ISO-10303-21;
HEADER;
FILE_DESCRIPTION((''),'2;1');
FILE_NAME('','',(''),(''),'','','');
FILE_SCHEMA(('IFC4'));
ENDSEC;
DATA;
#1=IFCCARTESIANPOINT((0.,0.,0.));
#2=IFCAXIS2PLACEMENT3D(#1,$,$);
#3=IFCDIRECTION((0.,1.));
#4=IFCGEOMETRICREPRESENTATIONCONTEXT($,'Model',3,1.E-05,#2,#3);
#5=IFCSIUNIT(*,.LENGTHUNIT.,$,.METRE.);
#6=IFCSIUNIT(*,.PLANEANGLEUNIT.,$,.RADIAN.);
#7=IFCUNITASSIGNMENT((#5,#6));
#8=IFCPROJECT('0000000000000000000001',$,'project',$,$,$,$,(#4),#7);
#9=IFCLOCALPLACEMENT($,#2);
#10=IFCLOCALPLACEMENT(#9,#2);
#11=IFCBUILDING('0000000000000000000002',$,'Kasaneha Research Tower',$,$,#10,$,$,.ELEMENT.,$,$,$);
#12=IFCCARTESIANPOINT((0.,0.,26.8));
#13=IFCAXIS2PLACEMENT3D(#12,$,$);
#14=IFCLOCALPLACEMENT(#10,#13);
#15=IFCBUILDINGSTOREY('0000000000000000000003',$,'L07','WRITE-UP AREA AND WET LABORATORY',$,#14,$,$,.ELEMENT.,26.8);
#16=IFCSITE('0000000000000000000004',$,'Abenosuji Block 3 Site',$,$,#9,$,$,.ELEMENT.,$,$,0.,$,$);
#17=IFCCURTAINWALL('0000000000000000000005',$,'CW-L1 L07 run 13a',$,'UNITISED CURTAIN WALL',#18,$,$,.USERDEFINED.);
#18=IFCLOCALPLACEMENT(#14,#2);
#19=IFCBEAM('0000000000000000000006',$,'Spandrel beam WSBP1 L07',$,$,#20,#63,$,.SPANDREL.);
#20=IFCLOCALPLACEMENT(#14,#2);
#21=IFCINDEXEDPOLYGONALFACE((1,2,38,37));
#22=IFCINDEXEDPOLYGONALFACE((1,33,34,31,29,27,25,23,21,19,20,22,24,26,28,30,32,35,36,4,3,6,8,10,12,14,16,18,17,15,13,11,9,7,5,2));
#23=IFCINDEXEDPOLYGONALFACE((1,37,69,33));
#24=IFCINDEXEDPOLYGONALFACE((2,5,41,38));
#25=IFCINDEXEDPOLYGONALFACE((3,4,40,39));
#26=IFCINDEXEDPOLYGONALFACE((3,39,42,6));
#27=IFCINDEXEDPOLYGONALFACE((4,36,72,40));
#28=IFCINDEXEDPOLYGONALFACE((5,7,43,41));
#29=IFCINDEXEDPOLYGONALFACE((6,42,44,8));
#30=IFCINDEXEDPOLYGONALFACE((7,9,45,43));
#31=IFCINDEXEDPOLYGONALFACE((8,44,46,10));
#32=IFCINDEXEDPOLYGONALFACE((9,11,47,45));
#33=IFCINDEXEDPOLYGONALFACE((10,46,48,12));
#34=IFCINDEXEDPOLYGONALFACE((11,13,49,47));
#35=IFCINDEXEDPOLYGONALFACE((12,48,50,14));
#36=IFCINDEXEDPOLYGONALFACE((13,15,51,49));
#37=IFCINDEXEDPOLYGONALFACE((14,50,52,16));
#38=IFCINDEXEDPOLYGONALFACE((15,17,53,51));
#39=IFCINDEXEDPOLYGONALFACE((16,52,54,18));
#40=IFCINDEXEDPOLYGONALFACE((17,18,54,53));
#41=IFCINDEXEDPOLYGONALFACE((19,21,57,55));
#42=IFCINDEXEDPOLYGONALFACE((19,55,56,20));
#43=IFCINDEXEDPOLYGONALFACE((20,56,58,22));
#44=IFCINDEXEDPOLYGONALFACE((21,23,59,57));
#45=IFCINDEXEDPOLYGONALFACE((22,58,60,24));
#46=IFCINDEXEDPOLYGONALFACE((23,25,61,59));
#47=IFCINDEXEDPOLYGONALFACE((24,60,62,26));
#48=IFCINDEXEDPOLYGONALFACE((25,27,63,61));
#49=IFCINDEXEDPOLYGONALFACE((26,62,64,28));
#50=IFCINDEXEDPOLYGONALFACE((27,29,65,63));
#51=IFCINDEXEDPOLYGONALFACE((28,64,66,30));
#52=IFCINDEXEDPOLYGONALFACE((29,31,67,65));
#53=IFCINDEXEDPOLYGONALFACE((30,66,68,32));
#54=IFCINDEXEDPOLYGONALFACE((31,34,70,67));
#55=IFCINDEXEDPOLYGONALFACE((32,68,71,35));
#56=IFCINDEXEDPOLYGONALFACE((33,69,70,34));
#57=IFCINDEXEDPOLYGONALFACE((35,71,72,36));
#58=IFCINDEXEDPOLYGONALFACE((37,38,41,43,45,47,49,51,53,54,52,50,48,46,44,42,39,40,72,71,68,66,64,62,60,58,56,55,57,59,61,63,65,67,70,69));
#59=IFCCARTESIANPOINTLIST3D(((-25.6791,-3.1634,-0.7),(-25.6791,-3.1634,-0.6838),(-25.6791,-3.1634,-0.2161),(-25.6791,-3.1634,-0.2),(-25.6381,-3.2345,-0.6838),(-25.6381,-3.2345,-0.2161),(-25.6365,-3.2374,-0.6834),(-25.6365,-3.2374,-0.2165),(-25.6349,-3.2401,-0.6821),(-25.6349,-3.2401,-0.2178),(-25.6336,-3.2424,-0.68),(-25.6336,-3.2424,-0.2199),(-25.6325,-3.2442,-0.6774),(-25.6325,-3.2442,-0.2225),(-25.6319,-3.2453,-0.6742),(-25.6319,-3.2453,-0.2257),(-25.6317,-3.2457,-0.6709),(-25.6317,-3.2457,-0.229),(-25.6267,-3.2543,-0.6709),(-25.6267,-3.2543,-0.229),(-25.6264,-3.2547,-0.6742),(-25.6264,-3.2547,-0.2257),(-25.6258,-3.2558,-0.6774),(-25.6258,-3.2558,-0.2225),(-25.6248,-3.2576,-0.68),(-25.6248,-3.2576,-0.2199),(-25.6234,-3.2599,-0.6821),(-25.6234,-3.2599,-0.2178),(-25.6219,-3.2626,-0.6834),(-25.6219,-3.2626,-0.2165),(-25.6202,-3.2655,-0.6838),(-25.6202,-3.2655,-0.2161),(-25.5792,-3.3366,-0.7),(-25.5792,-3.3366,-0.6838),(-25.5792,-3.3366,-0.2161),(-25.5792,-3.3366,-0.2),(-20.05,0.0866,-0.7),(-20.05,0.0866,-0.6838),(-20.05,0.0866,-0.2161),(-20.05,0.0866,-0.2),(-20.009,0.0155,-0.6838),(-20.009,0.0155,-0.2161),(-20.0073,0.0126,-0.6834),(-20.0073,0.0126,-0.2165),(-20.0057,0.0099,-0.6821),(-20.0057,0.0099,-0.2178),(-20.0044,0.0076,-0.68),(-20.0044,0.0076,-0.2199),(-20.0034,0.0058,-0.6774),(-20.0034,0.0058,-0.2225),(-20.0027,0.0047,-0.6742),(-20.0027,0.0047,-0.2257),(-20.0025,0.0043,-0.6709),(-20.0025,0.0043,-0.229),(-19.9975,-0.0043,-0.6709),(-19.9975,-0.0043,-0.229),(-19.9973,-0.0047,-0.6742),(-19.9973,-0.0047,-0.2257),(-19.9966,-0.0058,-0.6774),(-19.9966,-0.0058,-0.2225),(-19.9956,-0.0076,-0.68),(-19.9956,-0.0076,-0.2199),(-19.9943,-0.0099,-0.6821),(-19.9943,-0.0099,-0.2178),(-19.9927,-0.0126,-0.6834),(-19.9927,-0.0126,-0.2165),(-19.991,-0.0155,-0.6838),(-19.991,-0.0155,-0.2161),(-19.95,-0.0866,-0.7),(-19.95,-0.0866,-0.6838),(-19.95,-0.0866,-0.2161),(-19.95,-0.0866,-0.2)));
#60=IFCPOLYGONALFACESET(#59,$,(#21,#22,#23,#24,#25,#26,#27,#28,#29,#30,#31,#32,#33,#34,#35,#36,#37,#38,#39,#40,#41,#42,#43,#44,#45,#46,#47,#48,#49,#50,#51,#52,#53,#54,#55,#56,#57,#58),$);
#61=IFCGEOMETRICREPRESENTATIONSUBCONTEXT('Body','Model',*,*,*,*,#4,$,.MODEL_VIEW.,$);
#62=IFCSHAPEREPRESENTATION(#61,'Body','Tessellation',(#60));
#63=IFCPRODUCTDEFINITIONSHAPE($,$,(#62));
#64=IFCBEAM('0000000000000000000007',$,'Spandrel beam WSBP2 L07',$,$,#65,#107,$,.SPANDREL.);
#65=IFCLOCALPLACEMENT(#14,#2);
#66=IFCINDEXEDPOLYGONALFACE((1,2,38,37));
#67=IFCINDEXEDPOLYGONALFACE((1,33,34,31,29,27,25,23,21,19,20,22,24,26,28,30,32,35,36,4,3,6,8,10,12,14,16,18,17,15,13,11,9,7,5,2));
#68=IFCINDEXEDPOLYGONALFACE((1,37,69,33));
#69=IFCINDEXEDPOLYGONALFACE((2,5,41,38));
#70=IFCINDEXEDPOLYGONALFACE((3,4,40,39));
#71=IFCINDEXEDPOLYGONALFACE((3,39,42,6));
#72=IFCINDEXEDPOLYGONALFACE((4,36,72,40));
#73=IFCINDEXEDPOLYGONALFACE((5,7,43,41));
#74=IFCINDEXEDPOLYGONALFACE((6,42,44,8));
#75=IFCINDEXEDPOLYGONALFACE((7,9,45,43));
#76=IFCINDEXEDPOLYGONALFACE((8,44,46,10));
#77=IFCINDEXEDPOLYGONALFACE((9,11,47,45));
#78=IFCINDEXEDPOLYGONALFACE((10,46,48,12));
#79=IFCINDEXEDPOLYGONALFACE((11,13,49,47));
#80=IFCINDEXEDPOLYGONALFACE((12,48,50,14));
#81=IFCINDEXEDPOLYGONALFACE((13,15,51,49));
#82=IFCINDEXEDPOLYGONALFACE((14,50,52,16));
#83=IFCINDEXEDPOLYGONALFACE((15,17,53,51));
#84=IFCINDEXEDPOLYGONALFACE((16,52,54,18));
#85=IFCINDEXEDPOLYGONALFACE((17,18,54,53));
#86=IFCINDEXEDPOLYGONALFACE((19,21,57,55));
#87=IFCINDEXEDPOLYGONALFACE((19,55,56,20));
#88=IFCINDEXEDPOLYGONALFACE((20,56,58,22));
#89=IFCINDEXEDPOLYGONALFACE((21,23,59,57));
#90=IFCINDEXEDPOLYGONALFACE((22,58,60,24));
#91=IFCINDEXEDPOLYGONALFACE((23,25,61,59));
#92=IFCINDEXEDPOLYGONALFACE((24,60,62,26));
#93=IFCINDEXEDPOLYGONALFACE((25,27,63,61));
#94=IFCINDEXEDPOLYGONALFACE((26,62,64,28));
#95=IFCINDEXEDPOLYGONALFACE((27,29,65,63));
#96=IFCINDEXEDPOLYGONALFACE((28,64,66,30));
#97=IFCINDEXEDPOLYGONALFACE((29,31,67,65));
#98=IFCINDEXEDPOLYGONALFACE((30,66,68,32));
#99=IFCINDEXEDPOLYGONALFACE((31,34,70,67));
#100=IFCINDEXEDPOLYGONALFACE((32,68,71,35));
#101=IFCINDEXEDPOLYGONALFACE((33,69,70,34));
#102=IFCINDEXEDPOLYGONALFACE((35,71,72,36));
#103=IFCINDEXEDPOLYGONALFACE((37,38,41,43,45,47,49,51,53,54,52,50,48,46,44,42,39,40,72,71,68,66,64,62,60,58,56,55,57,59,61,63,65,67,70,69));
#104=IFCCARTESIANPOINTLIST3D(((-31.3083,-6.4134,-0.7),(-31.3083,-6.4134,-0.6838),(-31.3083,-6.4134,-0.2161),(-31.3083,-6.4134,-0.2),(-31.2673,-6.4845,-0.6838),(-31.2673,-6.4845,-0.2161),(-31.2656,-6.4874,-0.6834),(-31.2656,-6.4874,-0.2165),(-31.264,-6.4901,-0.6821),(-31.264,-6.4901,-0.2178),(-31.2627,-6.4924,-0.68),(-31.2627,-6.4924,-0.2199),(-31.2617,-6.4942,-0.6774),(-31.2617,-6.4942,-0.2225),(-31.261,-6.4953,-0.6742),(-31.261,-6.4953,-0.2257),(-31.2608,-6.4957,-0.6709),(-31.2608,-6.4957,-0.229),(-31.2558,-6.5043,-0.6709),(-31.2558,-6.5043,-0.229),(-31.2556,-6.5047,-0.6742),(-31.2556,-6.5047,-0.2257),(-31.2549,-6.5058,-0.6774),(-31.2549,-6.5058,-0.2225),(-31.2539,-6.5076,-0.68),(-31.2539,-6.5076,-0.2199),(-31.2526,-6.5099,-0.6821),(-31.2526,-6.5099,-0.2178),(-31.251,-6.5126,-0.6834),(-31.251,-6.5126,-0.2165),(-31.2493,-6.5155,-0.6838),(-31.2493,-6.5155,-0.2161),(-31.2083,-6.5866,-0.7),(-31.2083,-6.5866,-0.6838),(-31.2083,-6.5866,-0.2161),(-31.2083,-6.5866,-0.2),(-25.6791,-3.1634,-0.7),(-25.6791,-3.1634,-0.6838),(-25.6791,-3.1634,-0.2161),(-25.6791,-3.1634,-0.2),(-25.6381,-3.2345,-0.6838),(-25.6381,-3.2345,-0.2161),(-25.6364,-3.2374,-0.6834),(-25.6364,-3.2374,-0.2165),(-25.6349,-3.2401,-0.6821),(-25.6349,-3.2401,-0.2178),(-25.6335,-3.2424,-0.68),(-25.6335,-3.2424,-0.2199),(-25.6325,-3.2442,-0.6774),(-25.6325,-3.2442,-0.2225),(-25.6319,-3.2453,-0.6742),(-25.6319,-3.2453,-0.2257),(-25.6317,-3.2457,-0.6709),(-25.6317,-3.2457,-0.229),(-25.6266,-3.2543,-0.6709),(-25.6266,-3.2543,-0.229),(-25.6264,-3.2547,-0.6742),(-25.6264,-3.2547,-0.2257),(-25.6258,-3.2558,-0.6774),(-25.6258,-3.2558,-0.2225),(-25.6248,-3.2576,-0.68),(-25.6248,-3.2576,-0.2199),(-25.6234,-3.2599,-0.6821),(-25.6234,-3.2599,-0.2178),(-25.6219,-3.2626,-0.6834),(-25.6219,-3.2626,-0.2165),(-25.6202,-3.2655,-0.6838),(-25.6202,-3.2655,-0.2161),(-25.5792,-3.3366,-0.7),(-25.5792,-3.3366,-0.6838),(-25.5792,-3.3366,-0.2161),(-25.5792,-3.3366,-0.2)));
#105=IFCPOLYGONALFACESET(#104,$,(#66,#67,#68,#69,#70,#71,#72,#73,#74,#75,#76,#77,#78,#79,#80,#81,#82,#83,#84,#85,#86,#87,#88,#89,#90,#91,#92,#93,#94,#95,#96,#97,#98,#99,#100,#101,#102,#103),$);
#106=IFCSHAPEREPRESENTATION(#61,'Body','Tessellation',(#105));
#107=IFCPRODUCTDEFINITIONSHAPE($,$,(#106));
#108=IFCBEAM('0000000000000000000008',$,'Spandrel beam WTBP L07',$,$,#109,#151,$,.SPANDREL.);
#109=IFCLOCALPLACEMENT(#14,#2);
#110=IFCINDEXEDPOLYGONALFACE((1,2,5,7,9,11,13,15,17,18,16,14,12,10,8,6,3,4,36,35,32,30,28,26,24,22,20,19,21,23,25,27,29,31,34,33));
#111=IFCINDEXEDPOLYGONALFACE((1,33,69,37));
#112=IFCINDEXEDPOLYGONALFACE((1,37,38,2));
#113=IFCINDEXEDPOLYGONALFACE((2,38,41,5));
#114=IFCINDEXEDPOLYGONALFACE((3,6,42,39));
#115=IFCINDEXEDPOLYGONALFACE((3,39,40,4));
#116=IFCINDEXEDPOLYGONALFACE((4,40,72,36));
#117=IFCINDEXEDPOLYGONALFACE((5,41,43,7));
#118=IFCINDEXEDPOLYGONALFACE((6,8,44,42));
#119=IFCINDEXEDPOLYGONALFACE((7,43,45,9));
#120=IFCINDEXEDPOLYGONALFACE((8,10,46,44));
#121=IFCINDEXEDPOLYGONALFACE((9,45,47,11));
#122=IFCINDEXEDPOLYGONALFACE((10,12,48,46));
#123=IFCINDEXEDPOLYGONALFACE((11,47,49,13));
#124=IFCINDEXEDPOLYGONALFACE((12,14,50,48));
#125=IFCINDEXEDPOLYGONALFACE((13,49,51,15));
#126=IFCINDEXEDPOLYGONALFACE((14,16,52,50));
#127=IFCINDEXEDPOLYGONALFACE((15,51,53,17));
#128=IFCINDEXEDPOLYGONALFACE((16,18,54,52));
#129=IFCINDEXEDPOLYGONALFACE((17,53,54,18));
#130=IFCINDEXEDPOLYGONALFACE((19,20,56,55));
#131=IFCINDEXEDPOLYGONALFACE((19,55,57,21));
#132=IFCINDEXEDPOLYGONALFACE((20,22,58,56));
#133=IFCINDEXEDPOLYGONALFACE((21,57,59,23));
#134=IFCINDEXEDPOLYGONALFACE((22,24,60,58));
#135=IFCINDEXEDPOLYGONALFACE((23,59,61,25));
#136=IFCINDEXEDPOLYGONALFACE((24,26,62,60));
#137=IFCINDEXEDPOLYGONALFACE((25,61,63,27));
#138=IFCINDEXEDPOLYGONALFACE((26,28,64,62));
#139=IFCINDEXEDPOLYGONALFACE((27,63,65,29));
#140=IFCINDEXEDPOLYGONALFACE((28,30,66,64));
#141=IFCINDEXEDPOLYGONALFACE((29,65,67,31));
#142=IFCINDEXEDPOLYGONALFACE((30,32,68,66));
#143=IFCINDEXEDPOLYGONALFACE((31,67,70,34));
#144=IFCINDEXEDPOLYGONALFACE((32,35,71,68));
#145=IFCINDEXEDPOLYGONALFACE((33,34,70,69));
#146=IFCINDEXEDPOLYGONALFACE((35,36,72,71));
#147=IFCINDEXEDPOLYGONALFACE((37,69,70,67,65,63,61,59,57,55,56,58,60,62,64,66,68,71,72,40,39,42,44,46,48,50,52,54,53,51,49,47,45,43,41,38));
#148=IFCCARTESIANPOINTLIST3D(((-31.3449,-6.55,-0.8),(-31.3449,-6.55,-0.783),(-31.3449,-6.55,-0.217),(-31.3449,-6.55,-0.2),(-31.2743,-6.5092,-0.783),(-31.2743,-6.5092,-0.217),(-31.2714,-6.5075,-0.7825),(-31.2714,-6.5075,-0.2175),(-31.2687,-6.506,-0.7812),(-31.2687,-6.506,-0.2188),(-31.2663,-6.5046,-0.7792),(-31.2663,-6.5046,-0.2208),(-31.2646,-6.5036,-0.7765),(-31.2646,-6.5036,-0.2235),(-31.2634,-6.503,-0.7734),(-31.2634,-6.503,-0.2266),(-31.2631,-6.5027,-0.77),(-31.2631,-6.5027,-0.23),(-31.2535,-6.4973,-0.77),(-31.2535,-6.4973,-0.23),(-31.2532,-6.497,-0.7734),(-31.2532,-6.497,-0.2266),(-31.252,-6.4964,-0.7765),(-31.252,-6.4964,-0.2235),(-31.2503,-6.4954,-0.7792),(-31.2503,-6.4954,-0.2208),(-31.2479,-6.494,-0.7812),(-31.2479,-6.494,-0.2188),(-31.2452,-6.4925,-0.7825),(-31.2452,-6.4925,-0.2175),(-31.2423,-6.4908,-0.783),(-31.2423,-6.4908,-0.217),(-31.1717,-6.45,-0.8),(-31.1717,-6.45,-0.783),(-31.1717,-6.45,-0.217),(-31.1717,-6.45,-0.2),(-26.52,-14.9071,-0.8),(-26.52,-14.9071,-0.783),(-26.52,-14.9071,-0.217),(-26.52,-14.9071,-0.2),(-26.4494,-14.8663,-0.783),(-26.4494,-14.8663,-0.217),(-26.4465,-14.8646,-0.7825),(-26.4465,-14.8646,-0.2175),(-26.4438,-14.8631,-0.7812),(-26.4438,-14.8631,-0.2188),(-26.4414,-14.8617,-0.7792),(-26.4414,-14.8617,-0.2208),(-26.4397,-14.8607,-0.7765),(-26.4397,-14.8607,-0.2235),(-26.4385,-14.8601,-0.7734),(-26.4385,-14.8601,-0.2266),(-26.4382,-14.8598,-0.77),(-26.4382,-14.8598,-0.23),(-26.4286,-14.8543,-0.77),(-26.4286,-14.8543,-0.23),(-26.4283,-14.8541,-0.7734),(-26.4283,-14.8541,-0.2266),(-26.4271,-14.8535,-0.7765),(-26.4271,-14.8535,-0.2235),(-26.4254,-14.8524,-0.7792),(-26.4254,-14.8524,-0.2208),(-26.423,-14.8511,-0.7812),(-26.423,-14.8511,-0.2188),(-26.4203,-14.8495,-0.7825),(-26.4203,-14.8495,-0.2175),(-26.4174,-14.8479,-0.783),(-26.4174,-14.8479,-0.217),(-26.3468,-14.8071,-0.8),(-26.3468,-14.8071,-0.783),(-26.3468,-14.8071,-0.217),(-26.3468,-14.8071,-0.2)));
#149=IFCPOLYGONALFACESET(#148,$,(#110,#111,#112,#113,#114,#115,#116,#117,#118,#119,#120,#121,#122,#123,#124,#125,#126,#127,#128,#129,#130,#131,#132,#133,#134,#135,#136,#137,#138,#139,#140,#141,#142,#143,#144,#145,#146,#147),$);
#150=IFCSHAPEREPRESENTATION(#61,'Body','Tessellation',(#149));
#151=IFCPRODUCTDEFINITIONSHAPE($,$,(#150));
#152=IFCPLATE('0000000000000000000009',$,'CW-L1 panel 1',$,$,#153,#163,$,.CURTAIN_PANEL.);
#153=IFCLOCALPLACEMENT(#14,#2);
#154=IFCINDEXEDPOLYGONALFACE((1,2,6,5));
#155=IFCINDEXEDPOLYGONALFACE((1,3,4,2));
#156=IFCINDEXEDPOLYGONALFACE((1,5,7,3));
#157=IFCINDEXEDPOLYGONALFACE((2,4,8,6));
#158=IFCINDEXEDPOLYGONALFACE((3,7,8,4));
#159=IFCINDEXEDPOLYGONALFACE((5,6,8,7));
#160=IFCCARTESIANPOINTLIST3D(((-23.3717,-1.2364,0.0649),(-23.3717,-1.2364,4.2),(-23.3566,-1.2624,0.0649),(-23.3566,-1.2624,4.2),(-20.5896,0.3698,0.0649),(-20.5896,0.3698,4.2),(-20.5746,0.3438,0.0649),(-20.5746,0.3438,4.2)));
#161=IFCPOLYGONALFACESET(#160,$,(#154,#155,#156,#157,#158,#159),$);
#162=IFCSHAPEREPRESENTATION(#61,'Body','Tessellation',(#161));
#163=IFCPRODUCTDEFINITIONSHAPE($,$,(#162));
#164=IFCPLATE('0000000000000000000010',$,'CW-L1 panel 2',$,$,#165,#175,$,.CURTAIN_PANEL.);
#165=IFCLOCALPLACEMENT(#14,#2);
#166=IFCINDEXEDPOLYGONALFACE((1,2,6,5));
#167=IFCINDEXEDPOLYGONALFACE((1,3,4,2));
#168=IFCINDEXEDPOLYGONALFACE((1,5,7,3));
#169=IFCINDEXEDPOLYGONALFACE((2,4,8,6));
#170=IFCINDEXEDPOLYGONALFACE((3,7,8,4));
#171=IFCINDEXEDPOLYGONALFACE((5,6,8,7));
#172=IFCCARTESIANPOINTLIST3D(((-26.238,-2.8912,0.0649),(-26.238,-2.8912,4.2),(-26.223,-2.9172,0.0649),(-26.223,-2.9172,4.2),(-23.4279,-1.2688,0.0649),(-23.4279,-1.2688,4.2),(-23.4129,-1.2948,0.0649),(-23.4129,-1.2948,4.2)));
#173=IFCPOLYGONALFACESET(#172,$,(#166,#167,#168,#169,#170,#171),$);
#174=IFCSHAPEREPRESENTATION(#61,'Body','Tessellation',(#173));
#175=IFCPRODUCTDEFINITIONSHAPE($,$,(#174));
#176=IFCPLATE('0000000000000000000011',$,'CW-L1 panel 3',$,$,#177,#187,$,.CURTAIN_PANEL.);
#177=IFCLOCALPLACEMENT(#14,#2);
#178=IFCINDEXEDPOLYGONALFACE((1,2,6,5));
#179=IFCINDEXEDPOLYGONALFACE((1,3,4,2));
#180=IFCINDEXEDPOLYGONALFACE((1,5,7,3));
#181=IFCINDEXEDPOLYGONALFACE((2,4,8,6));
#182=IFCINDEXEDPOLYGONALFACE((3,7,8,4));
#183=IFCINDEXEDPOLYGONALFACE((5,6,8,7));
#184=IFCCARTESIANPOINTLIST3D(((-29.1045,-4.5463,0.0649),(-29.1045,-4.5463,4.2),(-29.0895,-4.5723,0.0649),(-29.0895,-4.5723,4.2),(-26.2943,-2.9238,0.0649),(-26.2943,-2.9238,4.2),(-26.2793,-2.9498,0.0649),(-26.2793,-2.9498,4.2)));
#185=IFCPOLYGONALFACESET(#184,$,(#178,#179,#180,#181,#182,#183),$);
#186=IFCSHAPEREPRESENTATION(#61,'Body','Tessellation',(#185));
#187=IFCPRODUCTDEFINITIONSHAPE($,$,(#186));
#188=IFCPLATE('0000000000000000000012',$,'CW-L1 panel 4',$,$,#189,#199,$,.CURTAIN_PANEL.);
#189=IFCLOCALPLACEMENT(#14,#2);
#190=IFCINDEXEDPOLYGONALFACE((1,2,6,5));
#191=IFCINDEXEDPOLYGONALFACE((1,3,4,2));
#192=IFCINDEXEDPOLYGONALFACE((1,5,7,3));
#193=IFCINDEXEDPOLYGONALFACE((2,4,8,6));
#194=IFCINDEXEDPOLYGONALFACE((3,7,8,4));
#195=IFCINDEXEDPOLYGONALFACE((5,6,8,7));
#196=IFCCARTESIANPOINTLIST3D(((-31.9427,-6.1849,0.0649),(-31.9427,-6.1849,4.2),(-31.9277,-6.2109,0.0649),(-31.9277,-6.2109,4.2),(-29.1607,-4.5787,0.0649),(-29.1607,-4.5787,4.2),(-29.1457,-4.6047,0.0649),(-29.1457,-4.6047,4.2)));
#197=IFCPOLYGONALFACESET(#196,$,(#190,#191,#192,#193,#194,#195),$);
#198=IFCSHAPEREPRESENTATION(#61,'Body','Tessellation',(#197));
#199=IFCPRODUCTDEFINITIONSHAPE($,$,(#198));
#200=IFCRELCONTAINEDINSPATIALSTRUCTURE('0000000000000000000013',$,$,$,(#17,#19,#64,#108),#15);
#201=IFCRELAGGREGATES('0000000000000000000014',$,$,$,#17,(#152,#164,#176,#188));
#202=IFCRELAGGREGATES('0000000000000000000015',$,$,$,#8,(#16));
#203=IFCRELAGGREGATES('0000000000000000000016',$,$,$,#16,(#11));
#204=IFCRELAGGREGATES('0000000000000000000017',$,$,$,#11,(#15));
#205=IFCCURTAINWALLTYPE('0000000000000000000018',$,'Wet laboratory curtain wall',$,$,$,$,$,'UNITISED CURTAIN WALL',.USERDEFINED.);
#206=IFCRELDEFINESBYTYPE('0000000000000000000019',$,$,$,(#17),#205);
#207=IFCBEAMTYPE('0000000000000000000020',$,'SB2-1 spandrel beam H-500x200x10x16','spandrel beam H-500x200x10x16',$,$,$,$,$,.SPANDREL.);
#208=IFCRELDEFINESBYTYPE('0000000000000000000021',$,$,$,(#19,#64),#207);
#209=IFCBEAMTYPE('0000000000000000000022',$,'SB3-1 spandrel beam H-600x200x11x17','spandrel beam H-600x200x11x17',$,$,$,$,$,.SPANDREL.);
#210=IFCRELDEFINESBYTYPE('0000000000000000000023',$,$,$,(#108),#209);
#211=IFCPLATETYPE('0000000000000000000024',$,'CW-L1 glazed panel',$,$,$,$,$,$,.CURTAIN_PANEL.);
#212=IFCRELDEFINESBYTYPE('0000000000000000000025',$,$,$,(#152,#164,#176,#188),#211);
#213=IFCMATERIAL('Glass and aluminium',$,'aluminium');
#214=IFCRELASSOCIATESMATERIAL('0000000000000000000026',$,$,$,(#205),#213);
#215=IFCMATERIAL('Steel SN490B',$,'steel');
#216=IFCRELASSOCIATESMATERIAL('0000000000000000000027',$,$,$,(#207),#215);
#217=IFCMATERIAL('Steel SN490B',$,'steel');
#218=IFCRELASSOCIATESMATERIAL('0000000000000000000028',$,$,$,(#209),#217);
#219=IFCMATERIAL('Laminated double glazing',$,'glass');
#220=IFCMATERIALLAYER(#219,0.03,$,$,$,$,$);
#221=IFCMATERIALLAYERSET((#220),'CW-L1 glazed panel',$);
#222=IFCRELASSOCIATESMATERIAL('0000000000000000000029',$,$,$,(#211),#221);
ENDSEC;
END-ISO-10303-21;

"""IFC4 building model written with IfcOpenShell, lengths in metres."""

from ifc_helpers import new_model, si_unit, direction, frame, origin, origin_2d, place, context, subcontext, project, spatial, rectangle, i_section, extrude, material, layer, layer_set, material_profile, profile_set, type_object, element, aggregate, save


model = new_model("IFC4")

# Units and contexts
model_context = context("Model", 3, precision=1e-05, world=origin(), true_north=direction((0.0, 1.0)))
body_context = subcontext(model_context, "Body", "Model", "MODEL_VIEW")
ifc_project = project(units=[si_unit("LENGTHUNIT", "METRE"), si_unit("PLANEANGLEUNIT", "RADIAN")], contexts=[model_context])

# Site, building, storey
site_placement = place(None, origin())
site = spatial("IfcSite", under=ifc_project, at=site_placement, Name="Abenosuji Block 3 Site", CompositionType="ELEMENT", RefElevation=0.0)
building_placement = place(site_placement, origin())
building = spatial("IfcBuilding", under=site, at=building_placement, Name="Kasaneha Research Tower", CompositionType="ELEMENT")
storey_placement = place(building_placement, frame((0.0, 0.0, 26.8)))
storey = spatial("IfcBuildingStorey", under=building, at=storey_placement, Name="L07", Description="WRITE-UP AREA AND WET LABORATORY", CompositionType="ELEMENT", Elevation=26.8)

# Curtain wall
ifc_material_1 = material(Name="Glass and aluminium", Category="aluminium")
curtain_wall_type = type_object("IfcCurtainWallType", Name="Wet laboratory curtain wall", ElementType="UNITISED CURTAIN WALL", PredefinedType="USERDEFINED", material=ifc_material_1)
curtain_wall_1_placement = place(storey_placement, origin())
curtain_wall_1 = element("IfcCurtainWall", 1, at=curtain_wall_1_placement, inside=storey, type_object=curtain_wall_type, Name="CW-L1 L07 run 13a", ObjectType="UNITISED CURTAIN WALL", PredefinedType="USERDEFINED")

# Beams
ifc_material_2 = material(Name="Steel SN490B", Category="steel")
ifc_material_profile_1 = material_profile(ifc_material_2, i_section(OverallWidth=0.2, OverallDepth=0.5, WebThickness=0.01, FlangeThickness=0.0161, FilletRadius=0.0129, at=origin_2d()), Name="H-500x200x10x16")
ifc_profile_set_1 = profile_set([ifc_material_profile_1], Name="Steel SN490B")
beam_type_1 = type_object("IfcBeamType", Name="SB2-1 spandrel beam H-500x200x10x16", Description="spandrel beam H-500x200x10x16", PredefinedType="SPANDREL", material=ifc_profile_set_1)
for number, where, z_axis, x_axis, name in (
    (2, (-20.0, 0.0, -0.45), (-0.866025, -0.500001, 0.0), (0.500001, -0.866025, 0.0), "Spandrel beam WSBP1 L07"),
    (3, (-25.6292, -3.25, -0.45), (-0.866025, -0.500001, 0.0), (0.500001, -0.866025, 0.0), "Spandrel beam WSBP2 L07"),
):
    element("IfcBeam", number, at=place(storey_placement, frame(where, z_axis=z_axis, x_axis=x_axis)), inside=storey, type_object=beam_type_1, Name=name, PredefinedType="SPANDREL", context=body_context, shape_type="SweptSolid", body=[
        extrude(i_section(OverallWidth=0.2, OverallDepth=0.5, WebThickness=0.01, FlangeThickness=0.0161, FilletRadius=0.0129, at=origin_2d()), origin(), (0.0, 0.0, 1.0), 6.5),
    ])
ifc_material_3 = material(Name="Steel SN490B", Category="steel")
ifc_material_profile_2 = material_profile(ifc_material_3, i_section(OverallWidth=0.2, OverallDepth=0.6001, WebThickness=0.011, FlangeThickness=0.0171, FilletRadius=0.0129, at=origin_2d()), Name="H-600x200x11x17")
ifc_profile_set_2 = profile_set([ifc_material_profile_2], Name="Steel SN490B")
beam_type_2 = type_object("IfcBeamType", Name="SB3-1 spandrel beam H-600x200x11x17", Description="spandrel beam H-600x200x11x17", PredefinedType="SPANDREL", material=ifc_profile_set_2)
beam_1_placement = place(storey_placement, frame((-31.2583, -6.5, -0.5), z_axis=(0.499995, -0.866028, 0.0), x_axis=(0.866028, 0.499995, 0.0)))
element("IfcBeam", 4, at=beam_1_placement, inside=storey, type_object=beam_type_2, Name="Spandrel beam WTBP L07", PredefinedType="SPANDREL", context=body_context, shape_type="SweptSolid", body=[
    extrude(i_section(OverallWidth=0.2, OverallDepth=0.6001, WebThickness=0.011, FlangeThickness=0.0171, FilletRadius=0.0129, at=origin_2d()), origin(), (0.0, 0.0, 1.0), 9.6499),
])

# Plates
ifc_material_4 = material(Name="Laminated double glazing", Category="glass")
ifc_layer_1 = layer(ifc_material_4, 0.03)
ifc_layer_set_1 = layer_set([ifc_layer_1], Name="CW-L1 glazed panel")
plate_type = type_object("IfcPlateType", Name="CW-L1 glazed panel", PredefinedType="CURTAIN_PANEL", material=ifc_layer_set_1)
plate_1_placement = place(storey_placement, frame((-21.9731, -0.4463, 0.0649), z_axis=(0.0, 0.0, 1.0), x_axis=(-0.866025, -0.5, 0.0)))
plate_1 = element("IfcPlate", 5, at=plate_1_placement, type_object=plate_type, Name="CW-L1 panel 1", PredefinedType="CURTAIN_PANEL", context=body_context, shape_type="SweptSolid", body=[
    extrude(rectangle(XDim=3.2124, YDim=0.03, at=origin_2d()), origin(), (0.0, 0.0, 1.0), 4.135),
])
plate_2_placement = place(storey_placement, frame((-24.8254, -2.093, 0.0649), z_axis=(0.0, 0.0, 1.0), x_axis=(-0.866025, -0.5, 0.0)))
plate_2 = element("IfcPlate", 6, at=plate_2_placement, type_object=plate_type, Name="CW-L1 panel 2", PredefinedType="CURTAIN_PANEL", context=body_context, shape_type="SweptSolid", body=[
    extrude(rectangle(XDim=3.2449, YDim=0.03, at=origin_2d()), origin(), (0.0, 0.0, 1.0), 4.135),
])
plate_3_placement = place(storey_placement, frame((-27.6919, -3.748, 0.0649), z_axis=(0.0, 0.0, 1.0), x_axis=(-0.866025, -0.5, 0.0)))
plate_3 = element("IfcPlate", 7, at=plate_3_placement, type_object=plate_type, Name="CW-L1 panel 3", PredefinedType="CURTAIN_PANEL", context=body_context, shape_type="SweptSolid", body=[
    extrude(rectangle(XDim=3.2449, YDim=0.03, at=origin_2d()), origin(), (0.0, 0.0, 1.0), 4.135),
])
plate_4_placement = place(storey_placement, frame((-30.5442, -5.3948, 0.0649), z_axis=(0.0, 0.0, 1.0), x_axis=(-0.866025, -0.5, 0.0)))
plate_4 = element("IfcPlate", 8, at=plate_4_placement, type_object=plate_type, Name="CW-L1 panel 4", PredefinedType="CURTAIN_PANEL", context=body_context, shape_type="SweptSolid", body=[
    extrude(rectangle(XDim=3.2124, YDim=0.03, at=origin_2d()), origin(), (0.0, 0.0, 1.0), 4.135),
])
aggregate(curtain_wall_1, [plate_1, plate_2, plate_3, plate_4])

save(model, "model.ifc")
